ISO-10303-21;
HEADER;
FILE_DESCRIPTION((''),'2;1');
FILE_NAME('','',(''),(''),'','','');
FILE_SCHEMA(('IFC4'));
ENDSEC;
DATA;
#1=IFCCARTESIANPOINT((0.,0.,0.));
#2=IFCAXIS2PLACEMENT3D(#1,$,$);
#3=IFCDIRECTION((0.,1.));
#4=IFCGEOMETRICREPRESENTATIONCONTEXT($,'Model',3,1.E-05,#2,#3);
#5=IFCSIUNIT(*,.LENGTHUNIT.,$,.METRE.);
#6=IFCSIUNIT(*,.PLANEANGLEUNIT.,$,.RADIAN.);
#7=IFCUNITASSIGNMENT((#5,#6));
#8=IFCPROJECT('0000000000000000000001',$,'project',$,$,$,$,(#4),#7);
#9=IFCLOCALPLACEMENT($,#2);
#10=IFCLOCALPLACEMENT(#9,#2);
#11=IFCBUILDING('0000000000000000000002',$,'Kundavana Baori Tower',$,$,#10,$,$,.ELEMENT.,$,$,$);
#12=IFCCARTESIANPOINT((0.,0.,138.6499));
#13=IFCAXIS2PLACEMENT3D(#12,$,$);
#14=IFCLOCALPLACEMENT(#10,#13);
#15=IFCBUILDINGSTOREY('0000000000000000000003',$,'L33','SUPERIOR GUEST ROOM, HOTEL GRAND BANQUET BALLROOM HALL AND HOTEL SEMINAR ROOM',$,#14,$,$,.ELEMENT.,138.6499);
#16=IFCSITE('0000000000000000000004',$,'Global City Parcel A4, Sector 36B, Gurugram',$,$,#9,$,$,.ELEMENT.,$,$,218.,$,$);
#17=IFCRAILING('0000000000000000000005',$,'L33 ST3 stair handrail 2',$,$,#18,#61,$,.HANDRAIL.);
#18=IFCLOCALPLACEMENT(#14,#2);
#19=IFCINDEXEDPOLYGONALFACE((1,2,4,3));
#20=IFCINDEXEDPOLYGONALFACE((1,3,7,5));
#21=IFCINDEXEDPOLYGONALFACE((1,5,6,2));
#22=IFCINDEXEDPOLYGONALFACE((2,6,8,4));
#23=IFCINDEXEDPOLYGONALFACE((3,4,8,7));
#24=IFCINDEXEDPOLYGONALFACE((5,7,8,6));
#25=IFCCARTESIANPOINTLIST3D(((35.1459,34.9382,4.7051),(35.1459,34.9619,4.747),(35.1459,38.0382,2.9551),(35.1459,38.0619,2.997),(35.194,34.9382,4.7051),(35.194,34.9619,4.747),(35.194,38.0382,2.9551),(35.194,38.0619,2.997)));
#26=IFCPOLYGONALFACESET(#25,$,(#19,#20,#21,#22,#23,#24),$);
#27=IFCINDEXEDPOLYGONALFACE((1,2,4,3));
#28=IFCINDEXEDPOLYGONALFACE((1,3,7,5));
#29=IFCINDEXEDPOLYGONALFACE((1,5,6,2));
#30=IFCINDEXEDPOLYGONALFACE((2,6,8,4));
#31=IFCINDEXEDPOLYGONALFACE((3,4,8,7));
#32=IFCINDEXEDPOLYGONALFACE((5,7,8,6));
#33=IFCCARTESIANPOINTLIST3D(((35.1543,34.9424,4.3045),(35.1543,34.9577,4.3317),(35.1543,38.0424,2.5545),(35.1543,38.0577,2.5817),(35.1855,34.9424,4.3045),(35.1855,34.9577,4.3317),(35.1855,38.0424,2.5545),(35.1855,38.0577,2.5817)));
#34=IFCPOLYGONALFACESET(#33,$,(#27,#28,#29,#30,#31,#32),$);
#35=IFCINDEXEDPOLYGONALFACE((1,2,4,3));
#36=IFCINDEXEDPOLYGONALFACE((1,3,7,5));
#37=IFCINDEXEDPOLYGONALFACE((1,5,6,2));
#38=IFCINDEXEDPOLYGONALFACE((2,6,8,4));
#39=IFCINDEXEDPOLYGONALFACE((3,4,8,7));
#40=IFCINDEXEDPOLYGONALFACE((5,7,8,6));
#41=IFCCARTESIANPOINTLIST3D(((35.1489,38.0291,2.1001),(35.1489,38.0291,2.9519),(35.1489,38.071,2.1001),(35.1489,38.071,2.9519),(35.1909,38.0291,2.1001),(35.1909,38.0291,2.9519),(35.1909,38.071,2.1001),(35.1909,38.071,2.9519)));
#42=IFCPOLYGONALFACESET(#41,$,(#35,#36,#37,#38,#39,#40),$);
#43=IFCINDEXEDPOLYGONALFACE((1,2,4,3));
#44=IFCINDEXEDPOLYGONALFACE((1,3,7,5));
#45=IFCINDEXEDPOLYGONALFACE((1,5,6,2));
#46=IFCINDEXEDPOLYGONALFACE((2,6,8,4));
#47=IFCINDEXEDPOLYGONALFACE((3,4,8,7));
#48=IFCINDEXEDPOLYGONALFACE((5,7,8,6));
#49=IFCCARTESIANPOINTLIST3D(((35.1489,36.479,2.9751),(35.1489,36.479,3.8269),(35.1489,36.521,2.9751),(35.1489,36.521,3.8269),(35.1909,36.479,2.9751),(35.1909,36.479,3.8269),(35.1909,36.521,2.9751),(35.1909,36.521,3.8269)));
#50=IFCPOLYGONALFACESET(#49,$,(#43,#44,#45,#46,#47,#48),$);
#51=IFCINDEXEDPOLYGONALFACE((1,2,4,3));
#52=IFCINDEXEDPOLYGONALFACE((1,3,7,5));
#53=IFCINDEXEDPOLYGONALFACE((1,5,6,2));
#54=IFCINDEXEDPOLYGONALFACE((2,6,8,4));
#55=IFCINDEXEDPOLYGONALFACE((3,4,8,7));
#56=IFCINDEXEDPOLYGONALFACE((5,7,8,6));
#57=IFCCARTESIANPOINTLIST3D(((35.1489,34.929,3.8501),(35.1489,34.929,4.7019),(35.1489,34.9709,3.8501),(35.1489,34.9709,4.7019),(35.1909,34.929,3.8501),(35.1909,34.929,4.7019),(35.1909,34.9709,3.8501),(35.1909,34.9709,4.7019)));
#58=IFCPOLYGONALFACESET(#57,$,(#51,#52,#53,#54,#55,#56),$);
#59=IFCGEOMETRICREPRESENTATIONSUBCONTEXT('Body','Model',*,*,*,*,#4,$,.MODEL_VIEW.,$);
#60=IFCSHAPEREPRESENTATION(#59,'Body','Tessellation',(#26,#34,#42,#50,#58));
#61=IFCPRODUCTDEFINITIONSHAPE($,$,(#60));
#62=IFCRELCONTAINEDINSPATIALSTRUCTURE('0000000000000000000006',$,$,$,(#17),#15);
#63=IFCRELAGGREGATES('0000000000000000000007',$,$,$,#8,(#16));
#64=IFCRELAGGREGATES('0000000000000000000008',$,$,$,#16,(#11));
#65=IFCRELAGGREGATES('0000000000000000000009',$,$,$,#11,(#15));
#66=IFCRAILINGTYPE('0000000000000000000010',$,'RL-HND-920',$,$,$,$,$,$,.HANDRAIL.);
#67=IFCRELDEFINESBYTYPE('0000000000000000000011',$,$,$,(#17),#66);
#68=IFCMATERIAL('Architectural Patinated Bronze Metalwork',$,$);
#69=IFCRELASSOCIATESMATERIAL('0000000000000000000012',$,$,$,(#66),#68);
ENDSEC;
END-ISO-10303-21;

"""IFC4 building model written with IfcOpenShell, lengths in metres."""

from ifc_helpers import new_model, si_unit, direction, frame, origin, origin_2d, place, context, subcontext, project, spatial, rectangle, extrude, material, type_object, element, save


model = new_model("IFC4")

# Units and contexts
model_context = context("Model", 3, precision=1e-05, world=origin(), true_north=direction((0.0, 1.0)))
body_context = subcontext(model_context, "Body", "Model", "MODEL_VIEW")
ifc_project = project(units=[si_unit("LENGTHUNIT", "METRE"), si_unit("PLANEANGLEUNIT", "RADIAN")], contexts=[model_context])

# Site, building, storey
site_placement = place(None, origin())
site = spatial("IfcSite", under=ifc_project, at=site_placement, Name="Global City Parcel A4, Sector 36B, Gurugram", CompositionType="ELEMENT", RefElevation=218.0)
building_placement = place(site_placement, origin())
building = spatial("IfcBuilding", under=site, at=building_placement, Name="Kundavana Baori Tower", CompositionType="ELEMENT")
storey_placement = place(building_placement, frame((0.0, 0.0, 138.6499)))
storey = spatial("IfcBuildingStorey", under=building, at=storey_placement, Name="L33", Description="SUPERIOR GUEST ROOM, HOTEL GRAND BANQUET BALLROOM HALL AND HOTEL SEMINAR ROOM", CompositionType="ELEMENT", Elevation=138.6499)

# Railing
ifc_material_1 = material(Name="Architectural Patinated Bronze Metalwork")
railing_type_1 = type_object("IfcRailingType", Name="RL-HND-920", PredefinedType="HANDRAIL", material=ifc_material_1)
railing_1_placement = place(storey_placement, frame((35.1699, 38.05, 2.1001)))
element("IfcRailing", 1, at=railing_1_placement, inside=storey, type_object=railing_type_1, Name="L33 ST3 stair handrail 2", PredefinedType="HANDRAIL", context=body_context, shape_type="SweptSolid", body=[
    extrude(rectangle(XDim=0.0481, YDim=0.0481, at=origin_2d()), frame((0.0, 0.0, 0.876), z_axis=(0.0, -0.870831, 0.491583), x_axis=(1.0, 0.0, 0.0)), (0.0, 0.0, 1.0), 3.5598),
    extrude(rectangle(XDim=0.0312, YDim=0.0312, at=origin_2d()), frame((0.0, 0.0, 0.468), z_axis=(0.0, -0.870831, 0.491583), x_axis=(1.0, 0.0, 0.0)), (0.0, 0.0, 1.0), 3.5598),
    extrude(rectangle(XDim=0.042, YDim=0.042, at=origin_2d()), origin(), (0.0, 0.0, 1.0), 0.8518),
    extrude(rectangle(XDim=0.042, YDim=0.042, at=origin_2d()), frame((0.0, -1.55, 0.875)), (0.0, 0.0, 1.0), 0.8518),
    extrude(rectangle(XDim=0.042, YDim=0.042, at=origin_2d()), frame((0.0, -3.1001, 1.75)), (0.0, 0.0, 1.0), 0.8518),
])

save(model, "model.ifc")
